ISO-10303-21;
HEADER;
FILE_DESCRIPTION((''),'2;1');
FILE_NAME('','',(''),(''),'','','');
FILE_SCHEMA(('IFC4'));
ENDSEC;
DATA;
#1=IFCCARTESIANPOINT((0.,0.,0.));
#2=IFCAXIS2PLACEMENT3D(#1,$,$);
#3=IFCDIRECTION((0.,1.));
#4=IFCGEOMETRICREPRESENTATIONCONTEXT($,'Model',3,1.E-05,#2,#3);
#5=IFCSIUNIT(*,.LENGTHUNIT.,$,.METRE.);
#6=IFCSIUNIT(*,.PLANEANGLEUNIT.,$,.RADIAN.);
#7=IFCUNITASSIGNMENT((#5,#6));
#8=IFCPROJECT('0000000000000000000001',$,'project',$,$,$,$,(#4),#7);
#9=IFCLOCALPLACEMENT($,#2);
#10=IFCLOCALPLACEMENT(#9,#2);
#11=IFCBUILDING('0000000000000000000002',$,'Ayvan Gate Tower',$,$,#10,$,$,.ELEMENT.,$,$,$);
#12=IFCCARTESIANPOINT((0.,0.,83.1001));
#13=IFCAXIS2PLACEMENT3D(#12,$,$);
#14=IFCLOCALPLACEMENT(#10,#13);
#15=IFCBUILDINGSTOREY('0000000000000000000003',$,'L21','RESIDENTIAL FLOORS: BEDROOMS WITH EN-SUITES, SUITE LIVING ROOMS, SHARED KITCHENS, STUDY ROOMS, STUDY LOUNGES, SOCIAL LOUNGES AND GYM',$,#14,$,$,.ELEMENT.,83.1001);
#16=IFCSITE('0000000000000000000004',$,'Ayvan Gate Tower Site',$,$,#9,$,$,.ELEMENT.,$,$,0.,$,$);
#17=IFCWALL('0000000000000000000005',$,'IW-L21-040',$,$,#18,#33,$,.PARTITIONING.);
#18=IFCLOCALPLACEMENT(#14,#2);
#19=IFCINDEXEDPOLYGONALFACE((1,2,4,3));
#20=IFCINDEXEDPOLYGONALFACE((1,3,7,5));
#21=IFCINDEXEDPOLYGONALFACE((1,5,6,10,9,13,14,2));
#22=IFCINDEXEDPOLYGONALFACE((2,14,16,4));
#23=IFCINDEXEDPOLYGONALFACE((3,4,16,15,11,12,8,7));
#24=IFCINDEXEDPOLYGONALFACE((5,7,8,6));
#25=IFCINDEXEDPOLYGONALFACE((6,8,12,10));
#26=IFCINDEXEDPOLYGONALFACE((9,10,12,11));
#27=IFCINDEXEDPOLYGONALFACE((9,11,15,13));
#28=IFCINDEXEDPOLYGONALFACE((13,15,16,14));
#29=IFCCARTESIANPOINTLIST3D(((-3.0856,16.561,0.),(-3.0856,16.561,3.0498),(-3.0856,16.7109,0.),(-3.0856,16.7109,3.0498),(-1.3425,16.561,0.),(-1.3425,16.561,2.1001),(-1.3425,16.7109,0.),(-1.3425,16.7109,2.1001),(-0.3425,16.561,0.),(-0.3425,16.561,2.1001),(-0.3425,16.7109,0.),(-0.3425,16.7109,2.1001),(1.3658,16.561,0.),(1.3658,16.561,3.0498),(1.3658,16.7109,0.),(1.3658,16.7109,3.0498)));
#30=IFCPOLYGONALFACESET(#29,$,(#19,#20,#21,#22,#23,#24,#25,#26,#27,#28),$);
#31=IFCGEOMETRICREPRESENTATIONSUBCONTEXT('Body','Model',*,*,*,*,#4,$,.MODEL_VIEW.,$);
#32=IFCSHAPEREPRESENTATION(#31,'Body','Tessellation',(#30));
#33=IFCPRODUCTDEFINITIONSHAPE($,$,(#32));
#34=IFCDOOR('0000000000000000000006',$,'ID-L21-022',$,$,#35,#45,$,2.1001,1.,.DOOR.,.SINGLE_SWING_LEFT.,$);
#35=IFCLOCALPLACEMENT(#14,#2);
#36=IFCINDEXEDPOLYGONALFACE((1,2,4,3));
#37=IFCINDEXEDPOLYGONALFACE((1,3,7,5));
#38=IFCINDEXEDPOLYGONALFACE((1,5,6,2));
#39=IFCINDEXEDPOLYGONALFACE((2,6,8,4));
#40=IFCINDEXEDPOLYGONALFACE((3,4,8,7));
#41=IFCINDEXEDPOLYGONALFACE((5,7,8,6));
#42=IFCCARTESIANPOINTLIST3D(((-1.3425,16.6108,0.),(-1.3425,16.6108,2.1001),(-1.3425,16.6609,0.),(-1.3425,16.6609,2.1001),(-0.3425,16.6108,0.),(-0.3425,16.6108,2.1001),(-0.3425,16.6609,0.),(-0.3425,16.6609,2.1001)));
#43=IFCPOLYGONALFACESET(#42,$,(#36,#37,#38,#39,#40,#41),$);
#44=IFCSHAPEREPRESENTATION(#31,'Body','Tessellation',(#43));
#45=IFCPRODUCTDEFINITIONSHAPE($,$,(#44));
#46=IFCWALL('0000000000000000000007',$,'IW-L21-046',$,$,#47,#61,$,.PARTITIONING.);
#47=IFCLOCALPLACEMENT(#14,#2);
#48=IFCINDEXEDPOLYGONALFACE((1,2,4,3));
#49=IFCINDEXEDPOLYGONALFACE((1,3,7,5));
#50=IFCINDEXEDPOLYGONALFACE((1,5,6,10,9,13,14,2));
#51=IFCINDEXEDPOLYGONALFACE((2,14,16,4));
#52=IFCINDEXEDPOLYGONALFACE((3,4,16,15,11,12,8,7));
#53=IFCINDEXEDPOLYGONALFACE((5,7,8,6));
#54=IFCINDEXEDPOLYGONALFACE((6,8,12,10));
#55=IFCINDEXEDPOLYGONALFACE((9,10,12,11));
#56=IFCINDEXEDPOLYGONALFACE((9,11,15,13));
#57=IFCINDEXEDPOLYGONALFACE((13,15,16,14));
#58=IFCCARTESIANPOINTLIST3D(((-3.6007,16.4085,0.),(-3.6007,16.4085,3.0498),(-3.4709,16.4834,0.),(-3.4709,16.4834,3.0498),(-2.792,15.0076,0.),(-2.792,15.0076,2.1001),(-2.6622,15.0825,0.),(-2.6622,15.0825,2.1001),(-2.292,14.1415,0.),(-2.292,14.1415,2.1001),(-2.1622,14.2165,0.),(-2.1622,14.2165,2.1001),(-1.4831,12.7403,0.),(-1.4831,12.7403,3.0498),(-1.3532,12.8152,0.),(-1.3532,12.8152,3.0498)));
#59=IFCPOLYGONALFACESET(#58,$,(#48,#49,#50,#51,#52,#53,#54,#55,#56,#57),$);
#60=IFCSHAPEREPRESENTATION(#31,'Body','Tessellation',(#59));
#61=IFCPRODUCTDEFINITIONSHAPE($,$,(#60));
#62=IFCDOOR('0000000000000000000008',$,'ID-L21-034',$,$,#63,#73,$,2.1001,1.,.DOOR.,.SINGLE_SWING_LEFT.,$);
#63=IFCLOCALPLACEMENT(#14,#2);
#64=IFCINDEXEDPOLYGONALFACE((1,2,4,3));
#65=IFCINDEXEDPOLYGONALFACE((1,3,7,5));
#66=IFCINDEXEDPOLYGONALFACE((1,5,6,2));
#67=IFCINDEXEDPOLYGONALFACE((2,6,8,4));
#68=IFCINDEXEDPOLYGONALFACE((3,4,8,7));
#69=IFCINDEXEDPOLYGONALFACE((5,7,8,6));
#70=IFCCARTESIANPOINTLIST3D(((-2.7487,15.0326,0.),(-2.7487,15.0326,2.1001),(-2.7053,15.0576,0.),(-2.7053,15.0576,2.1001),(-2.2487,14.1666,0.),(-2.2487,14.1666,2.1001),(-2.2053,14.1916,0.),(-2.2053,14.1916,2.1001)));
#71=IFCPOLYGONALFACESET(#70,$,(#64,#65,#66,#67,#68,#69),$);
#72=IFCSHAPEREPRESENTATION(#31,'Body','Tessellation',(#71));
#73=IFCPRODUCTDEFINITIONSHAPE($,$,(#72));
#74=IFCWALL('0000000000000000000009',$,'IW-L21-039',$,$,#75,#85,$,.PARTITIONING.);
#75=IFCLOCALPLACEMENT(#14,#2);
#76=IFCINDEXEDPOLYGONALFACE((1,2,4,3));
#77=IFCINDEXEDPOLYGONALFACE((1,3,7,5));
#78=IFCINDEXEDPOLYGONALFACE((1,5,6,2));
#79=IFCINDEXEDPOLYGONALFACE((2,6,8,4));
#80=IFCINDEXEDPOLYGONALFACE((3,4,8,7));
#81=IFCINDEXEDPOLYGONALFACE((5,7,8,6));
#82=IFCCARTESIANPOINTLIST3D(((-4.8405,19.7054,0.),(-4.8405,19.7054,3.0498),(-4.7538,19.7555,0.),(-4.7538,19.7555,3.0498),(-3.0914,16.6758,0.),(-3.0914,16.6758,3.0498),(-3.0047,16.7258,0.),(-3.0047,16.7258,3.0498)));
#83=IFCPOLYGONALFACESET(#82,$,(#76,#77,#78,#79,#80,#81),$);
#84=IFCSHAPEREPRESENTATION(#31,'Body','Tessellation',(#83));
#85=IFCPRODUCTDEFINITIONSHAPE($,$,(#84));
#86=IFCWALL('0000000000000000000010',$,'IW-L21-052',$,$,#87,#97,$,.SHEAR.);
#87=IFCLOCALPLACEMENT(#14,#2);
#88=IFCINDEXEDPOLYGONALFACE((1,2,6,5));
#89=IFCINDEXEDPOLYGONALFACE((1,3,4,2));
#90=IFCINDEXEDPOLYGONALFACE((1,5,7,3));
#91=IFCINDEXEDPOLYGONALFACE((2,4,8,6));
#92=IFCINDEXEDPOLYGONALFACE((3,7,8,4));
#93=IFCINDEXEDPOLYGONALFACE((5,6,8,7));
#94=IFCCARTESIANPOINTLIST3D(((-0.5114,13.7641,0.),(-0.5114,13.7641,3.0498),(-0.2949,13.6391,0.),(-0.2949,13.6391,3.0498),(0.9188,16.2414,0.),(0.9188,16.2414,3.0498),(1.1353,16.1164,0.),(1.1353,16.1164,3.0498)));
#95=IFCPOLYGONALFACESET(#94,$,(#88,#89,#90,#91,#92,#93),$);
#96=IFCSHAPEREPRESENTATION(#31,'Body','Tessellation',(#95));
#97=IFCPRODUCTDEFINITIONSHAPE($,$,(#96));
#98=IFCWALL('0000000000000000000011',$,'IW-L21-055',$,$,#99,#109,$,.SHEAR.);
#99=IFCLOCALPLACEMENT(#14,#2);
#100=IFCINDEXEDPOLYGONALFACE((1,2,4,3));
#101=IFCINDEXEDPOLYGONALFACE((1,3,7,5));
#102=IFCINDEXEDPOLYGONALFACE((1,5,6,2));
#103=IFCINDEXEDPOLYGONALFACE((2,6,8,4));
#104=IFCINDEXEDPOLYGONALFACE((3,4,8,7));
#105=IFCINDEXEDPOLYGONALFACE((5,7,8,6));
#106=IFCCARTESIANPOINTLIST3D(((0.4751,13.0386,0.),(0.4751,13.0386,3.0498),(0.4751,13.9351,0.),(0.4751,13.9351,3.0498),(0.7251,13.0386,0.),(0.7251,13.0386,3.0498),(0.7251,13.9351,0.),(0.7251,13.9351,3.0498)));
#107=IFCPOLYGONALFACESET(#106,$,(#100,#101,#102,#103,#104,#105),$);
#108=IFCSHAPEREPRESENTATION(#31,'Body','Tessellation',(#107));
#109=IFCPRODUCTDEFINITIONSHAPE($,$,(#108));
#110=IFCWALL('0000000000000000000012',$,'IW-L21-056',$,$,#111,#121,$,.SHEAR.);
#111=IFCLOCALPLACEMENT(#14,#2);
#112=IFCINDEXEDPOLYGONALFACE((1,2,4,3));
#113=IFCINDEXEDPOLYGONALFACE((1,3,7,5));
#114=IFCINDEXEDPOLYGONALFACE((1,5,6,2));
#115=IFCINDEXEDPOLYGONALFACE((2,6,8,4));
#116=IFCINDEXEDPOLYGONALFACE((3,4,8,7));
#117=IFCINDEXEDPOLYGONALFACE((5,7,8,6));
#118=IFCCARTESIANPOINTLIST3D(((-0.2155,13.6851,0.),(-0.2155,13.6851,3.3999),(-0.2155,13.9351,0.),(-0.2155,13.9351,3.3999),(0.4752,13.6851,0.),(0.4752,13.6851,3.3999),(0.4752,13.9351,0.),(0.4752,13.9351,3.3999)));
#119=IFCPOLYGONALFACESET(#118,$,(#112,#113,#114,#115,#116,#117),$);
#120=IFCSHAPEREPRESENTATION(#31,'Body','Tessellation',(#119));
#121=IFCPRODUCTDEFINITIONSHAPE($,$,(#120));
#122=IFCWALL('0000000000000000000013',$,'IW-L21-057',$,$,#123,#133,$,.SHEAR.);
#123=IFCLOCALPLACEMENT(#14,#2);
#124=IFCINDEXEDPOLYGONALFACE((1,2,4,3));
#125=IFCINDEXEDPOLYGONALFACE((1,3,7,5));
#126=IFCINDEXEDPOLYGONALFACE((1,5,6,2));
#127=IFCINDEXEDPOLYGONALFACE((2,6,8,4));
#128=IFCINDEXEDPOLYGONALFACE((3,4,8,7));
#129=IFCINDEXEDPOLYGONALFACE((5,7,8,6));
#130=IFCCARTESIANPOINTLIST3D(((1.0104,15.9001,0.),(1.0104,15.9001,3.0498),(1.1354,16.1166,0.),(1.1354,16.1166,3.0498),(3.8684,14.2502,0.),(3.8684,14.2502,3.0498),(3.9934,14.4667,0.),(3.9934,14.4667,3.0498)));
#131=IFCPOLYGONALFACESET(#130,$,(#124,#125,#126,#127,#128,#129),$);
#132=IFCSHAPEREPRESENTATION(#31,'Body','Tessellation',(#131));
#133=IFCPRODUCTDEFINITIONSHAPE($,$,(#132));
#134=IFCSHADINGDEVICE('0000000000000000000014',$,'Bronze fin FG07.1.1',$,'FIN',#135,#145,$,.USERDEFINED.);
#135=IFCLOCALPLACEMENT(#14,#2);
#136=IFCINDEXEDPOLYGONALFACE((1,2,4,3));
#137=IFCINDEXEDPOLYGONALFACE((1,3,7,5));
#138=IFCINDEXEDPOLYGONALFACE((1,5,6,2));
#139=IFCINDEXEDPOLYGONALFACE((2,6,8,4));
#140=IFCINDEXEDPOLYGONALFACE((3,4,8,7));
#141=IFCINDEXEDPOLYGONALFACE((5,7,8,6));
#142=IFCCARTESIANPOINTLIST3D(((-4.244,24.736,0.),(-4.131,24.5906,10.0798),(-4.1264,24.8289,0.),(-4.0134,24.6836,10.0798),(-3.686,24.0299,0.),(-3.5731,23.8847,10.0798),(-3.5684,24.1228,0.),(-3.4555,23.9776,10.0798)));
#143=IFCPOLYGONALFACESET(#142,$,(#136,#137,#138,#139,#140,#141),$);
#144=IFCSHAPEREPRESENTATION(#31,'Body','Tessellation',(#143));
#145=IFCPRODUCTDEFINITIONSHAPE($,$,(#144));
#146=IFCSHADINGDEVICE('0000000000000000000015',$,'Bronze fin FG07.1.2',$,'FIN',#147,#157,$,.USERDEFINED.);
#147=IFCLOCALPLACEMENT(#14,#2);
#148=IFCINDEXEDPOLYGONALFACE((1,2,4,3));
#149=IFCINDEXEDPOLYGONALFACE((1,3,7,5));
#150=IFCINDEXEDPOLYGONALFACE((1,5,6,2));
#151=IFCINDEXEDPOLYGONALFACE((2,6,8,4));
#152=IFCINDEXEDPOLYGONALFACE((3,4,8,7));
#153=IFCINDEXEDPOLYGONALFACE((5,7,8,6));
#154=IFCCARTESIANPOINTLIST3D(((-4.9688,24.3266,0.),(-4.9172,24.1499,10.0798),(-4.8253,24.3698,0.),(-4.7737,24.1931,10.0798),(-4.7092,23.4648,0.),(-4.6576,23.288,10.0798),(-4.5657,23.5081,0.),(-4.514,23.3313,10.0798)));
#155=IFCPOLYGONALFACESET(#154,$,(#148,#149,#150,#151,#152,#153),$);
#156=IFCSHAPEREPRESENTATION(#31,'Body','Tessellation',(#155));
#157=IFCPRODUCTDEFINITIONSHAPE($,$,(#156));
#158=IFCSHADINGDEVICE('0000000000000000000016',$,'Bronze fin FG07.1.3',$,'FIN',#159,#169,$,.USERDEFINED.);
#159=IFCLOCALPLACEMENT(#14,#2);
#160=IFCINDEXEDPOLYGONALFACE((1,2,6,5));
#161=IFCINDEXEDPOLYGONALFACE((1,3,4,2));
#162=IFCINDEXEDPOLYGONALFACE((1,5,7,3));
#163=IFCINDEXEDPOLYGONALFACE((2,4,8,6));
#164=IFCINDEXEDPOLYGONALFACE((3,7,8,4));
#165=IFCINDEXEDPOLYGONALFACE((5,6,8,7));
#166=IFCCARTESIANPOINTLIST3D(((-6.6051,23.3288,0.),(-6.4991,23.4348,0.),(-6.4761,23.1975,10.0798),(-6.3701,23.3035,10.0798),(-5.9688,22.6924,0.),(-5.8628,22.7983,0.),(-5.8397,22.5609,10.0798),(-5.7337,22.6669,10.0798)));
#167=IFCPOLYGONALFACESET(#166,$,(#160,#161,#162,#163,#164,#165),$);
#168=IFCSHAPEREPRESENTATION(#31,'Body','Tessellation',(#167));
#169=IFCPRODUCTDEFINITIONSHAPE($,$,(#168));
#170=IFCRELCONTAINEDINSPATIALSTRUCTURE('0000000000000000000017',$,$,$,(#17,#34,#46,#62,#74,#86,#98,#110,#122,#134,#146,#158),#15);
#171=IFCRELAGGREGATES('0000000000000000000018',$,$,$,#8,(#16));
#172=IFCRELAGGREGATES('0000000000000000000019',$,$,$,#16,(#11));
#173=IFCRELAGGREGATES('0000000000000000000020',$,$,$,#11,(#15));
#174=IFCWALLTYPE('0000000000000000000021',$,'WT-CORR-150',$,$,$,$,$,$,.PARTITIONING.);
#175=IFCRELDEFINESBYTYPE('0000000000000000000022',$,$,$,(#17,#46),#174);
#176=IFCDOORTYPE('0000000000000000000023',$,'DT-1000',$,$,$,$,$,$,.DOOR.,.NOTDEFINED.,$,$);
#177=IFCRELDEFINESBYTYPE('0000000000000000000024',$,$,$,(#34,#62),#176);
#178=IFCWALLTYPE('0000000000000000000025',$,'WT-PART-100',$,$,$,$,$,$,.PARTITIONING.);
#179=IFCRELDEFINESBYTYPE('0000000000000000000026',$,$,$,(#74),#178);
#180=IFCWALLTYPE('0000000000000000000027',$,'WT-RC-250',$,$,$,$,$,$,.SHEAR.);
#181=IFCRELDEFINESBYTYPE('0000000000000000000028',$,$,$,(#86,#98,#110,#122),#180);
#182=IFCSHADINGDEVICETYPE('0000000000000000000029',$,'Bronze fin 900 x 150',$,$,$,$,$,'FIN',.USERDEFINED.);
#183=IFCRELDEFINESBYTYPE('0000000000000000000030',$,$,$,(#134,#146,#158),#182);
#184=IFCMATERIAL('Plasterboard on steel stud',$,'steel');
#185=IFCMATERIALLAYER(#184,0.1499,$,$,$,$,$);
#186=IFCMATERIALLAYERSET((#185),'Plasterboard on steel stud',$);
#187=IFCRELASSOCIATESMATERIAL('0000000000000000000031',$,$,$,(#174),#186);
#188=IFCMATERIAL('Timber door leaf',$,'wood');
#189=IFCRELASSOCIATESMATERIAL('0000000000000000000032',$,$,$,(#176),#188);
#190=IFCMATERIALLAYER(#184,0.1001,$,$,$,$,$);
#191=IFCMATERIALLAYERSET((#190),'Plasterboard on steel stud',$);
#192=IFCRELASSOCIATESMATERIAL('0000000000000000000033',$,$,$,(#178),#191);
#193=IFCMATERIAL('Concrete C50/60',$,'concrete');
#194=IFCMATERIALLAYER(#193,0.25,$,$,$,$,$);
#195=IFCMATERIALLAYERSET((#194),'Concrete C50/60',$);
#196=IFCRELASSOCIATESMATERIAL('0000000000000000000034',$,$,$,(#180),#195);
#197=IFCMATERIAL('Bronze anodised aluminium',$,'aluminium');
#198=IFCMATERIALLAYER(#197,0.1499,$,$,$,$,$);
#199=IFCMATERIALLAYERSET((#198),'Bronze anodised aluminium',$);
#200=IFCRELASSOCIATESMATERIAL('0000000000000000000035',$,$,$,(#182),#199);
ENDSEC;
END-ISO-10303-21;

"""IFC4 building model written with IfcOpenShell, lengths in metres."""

from ifc_helpers import new_model, si_unit, direction, frame, frame_2d, origin, place, context, subcontext, project, spatial, polyline, rectangle, outline, extrude, material, layer, layer_set, type_object, element, fill, save


model = new_model("IFC4")

# Units and contexts
model_context = context("Model", 3, precision=1e-05, world=origin(), true_north=direction((0.0, 1.0)))
body_context = subcontext(model_context, "Body", "Model", "MODEL_VIEW")
ifc_project = project(units=[si_unit("LENGTHUNIT", "METRE"), si_unit("PLANEANGLEUNIT", "RADIAN")], contexts=[model_context])

# Site, building, storey
site_placement = place(None, origin())
site = spatial("IfcSite", under=ifc_project, at=site_placement, Name="Ayvan Gate Tower Site", CompositionType="ELEMENT", RefElevation=0.0)
building_placement = place(site_placement, origin())
building = spatial("IfcBuilding", under=site, at=building_placement, Name="Ayvan Gate Tower", CompositionType="ELEMENT")
storey_placement = place(building_placement, frame((0.0, 0.0, 83.1001)))
storey = spatial("IfcBuildingStorey", under=building, at=storey_placement, Name="L21", Description="RESIDENTIAL FLOORS: BEDROOMS WITH EN-SUITES, SUITE LIVING ROOMS, SHARED KITCHENS, STUDY ROOMS, STUDY LOUNGES, SOCIAL LOUNGES AND GYM", CompositionType="ELEMENT", Elevation=83.1001)

# Shared definitions
ifc_material_1 = material(Name="Bronze anodised aluminium", Category="aluminium")

# Shared definitions
ifc_material_2 = material(Name="Plasterboard on steel stud", Category="steel")
ifc_layer_1 = layer(ifc_material_2, 0.1499)
ifc_layer_set_1 = layer_set([ifc_layer_1], Name="Plasterboard on steel stud")
wall_type_1 = type_object("IfcWallType", Name="WT-CORR-150", PredefinedType="PARTITIONING", material=ifc_layer_set_1)

# Walls, openings, doors
wall_1_placement = place(storey_placement, frame((-3.0854, 16.636, 0.0), z_axis=(0.0, 0.0, 1.0), x_axis=(1.0, 0.0, 0.0)))
wall_1 = element("IfcWall", 1, at=wall_1_placement, inside=storey, type_object=wall_type_1, Name="IW-L21-040", PredefinedType="PARTITIONING", context=body_context, shape_type="SweptSolid", body=[
    extrude(rectangle(XDim=4.4514, YDim=0.1499, at=frame_2d((2.2256, 0.0))), origin(), (0.0, 0.0, 1.0), 3.0498),
])
opening_1_placement = place(wall_1_placement, frame((1.7429, 0.0, 0.0)))
opening_1 = element("IfcOpeningElement", 2, at=opening_1_placement, cuts=wall_1, PredefinedType="OPENING", context=body_context, shape_type="SweptSolid", body=[
    extrude(rectangle(XDim=1.0, YDim=2.1001, at=frame_2d((0.5, 1.05))), frame((0.0, 0.085, 0.0), z_axis=(0.0, -1.0, 0.0), x_axis=(1.0, 0.0, 0.0)), (0.0, 0.0, 1.0), 0.1699),
])
ifc_material_3 = material(Name="Timber door leaf", Category="wood")
door_type = type_object("IfcDoorType", Name="DT-1000", OperationType="NOTDEFINED", PredefinedType="DOOR", material=ifc_material_3)
door_1_placement = place(opening_1_placement, origin())
door_1 = element("IfcDoor", 3, at=door_1_placement, inside=storey, type_object=door_type, Name="ID-L21-022", OperationType="SINGLE_SWING_LEFT", OverallHeight=2.1001, OverallWidth=1.0, PredefinedType="DOOR", context=body_context, shape_type="SweptSolid", body=[
    extrude(rectangle(XDim=1.0, YDim=2.1001, at=frame_2d((0.5, 1.05))), frame((0.0, 0.0249, 0.0), z_axis=(0.0, -1.0, 0.0), x_axis=(1.0, 0.0, 0.0)), (0.0, 0.0, 1.0), 0.05),
])
fill(opening_1, door_1)
wall_2_placement = place(storey_placement, frame((-1.4182, 12.7778, 0.0), z_axis=(0.0, 0.0, 1.0), x_axis=(-0.49997, 0.866043, 0.0)))
wall_2 = element("IfcWall", 4, at=wall_2_placement, inside=storey, type_object=wall_type_1, Name="IW-L21-046", PredefinedType="PARTITIONING", context=body_context, shape_type="SweptSolid", body=[
    extrude(rectangle(XDim=4.2356, YDim=0.1499, at=frame_2d((2.1177, 0.0))), origin(), (0.0, 0.0, 1.0), 3.0498),
])
opening_2_placement = place(wall_2_placement, frame((1.6179, 0.0, 0.0)))
opening_2 = element("IfcOpeningElement", 5, at=opening_2_placement, cuts=wall_2, PredefinedType="OPENING", context=body_context, shape_type="SweptSolid", body=[
    extrude(rectangle(XDim=1.0, YDim=2.1001, at=frame_2d((0.5, 1.05))), frame((0.0, 0.085, 0.0), z_axis=(0.0, -1.0, 0.0), x_axis=(1.0, 0.0, 0.0)), (0.0, 0.0, 1.0), 0.1699),
])
door_2_placement = place(opening_2_placement, origin())
door_2 = element("IfcDoor", 6, at=door_2_placement, inside=storey, type_object=door_type, Name="ID-L21-034", OperationType="SINGLE_SWING_LEFT", OverallHeight=2.1001, OverallWidth=1.0, PredefinedType="DOOR", context=body_context, shape_type="SweptSolid", body=[
    extrude(rectangle(XDim=1.0, YDim=2.1001, at=frame_2d((0.5, 1.05))), frame((0.0, 0.0249, 0.0), z_axis=(0.0, -1.0, 0.0), x_axis=(1.0, 0.0, 0.0)), (0.0, 0.0, 1.0), 0.05),
])
fill(opening_2, door_2)

# Walls
ifc_layer_2 = layer(ifc_material_2, 0.1001)
ifc_layer_set_2 = layer_set([ifc_layer_2], Name="Plasterboard on steel stud")
wall_type_2 = type_object("IfcWallType", Name="WT-PART-100", PredefinedType="PARTITIONING", material=ifc_layer_set_2)
wall_3_placement = place(storey_placement, frame((-3.0481, 16.7009, 0.0), z_axis=(0.0, 0.0, 1.0), x_axis=(-0.499982, 0.866036, 0.0)))
element("IfcWall", 7, at=wall_3_placement, inside=storey, type_object=wall_type_2, Name="IW-L21-039", PredefinedType="PARTITIONING", context=body_context, shape_type="SweptSolid", body=[
    extrude(rectangle(XDim=3.4983, YDim=0.1001, at=frame_2d((1.749, 0.0))), origin(), (0.0, 0.0, 1.0), 3.0498),
])
ifc_material_4 = material(Name="Concrete C50/60", Category="concrete")
ifc_layer_3 = layer(ifc_material_4, 0.25)
ifc_layer_set_3 = layer_set([ifc_layer_3], Name="Concrete C50/60")
wall_type_3 = type_object("IfcWallType", Name="WT-RC-250", PredefinedType="SHEAR", material=ifc_layer_set_3)
wall_4_placement = place(storey_placement, frame((-0.4031, 13.7017, 0.0), z_axis=(0.0, 0.0, 1.0), x_axis=(0.499976, 0.866039, 0.0)))
element("IfcWall", 8, at=wall_4_placement, inside=storey, type_object=wall_type_3, Name="IW-L21-052", PredefinedType="SHEAR", context=body_context, shape_type="SweptSolid", body=[
    extrude(rectangle(XDim=2.8606, YDim=0.25, at=frame_2d((1.4302, 0.0))), origin(), (0.0, 0.0, 1.0), 3.0498),
])
wall_5_placement = place(storey_placement, frame((0.6001, 13.0386, 0.0), z_axis=(0.0, 0.0, 1.0), x_axis=(0.0, 1.0, 0.0)))
element("IfcWall", 9, at=wall_5_placement, inside=storey, type_object=wall_type_3, Name="IW-L21-055", PredefinedType="SHEAR", context=body_context, shape_type="SweptSolid", body=[
    extrude(rectangle(XDim=0.8965, YDim=0.25, at=frame_2d((0.4482, 0.0))), origin(), (0.0, 0.0, 1.0), 3.0498),
])
wall_6_placement = place(storey_placement, frame((0.4751, 13.8101, 0.0), z_axis=(0.0, 0.0, 1.0), x_axis=(-1.0, 0.0, 0.0)))
element("IfcWall", 10, at=wall_6_placement, inside=storey, type_object=wall_type_3, Name="IW-L21-056", PredefinedType="SHEAR", context=body_context, shape_type="SweptSolid", body=[
    extrude(rectangle(XDim=0.6907, YDim=0.25, at=frame_2d((0.3452, 0.0))), origin(), (0.0, 0.0, 1.0), 3.3999),
])
wall_7_placement = place(storey_placement, frame((1.073, 16.0083, 0.0), z_axis=(0.0, 0.0, 1.0), x_axis=(0.86604, -0.499974, 0.0)))
element("IfcWall", 11, at=wall_7_placement, inside=storey, type_object=wall_type_3, Name="IW-L21-057", PredefinedType="SHEAR", context=body_context, shape_type="SweptSolid", body=[
    extrude(rectangle(XDim=3.3, YDim=0.25, at=frame_2d((1.6499, 0.0))), origin(), (0.0, 0.0, 1.0), 3.0498),
])

# Shading devices
ifc_layer_4 = layer(ifc_material_1, 0.1499)
ifc_layer_set_4 = layer_set([ifc_layer_4], Name="Bronze anodised aluminium")
shading_device_type = type_object("IfcShadingDeviceType", Name="Bronze fin 900 x 150", ElementType="FIN", PredefinedType="USERDEFINED", material=ifc_layer_set_4)
shading_device_1_placement = place(storey_placement, frame((-3.5684, 24.1228, 0.0), z_axis=(0.784574, 0.620036, 0.000147), x_axis=(-0.620036, 0.784574, 0.0)))
element("IfcShadingDevice", 12, at=shading_device_1_placement, inside=storey, type_object=shading_device_type, Name="Bronze fin FG07.1.1", ObjectType="FIN", PredefinedType="USERDEFINED", context=body_context, shape_type="SweptSolid", body=[
    extrude(outline(polyline([(0.0, 0.0), (0.9, 0.0), (0.7159, 10.0798), (-0.1839, 10.0798), (0.0, 0.0)])), origin(), (0.0, 0.0, -1.0), 0.1499),
])
shading_device_2_placement = place(storey_placement, frame((-4.5657, 23.5081, 0.0), z_axis=(0.95749, 0.288467, 0.000154), x_axis=(-0.288468, 0.95749, 0.0)))
element("IfcShadingDevice", 13, at=shading_device_2_placement, inside=storey, type_object=shading_device_type, Name="Bronze fin FG07.1.2", ObjectType="FIN", PredefinedType="USERDEFINED", context=body_context, shape_type="SweptSolid", body=[
    extrude(outline(polyline([(0.0, 0.0), (0.9, 0.0), (0.7159, 10.0798), (-0.1842, 10.0798), (0.0, 0.0)])), origin(), (0.0, 0.0, -1.0), 0.1499),
])
shading_device_3_placement = place(storey_placement, frame((-5.8628, 22.7983, 0.0), z_axis=(0.707175, 0.707039, 0.000161), x_axis=(-0.707039, 0.707175, 0.0)))
element("IfcShadingDevice", 14, at=shading_device_3_placement, inside=storey, type_object=shading_device_type, Name="Bronze fin FG07.1.3", ObjectType="FIN", PredefinedType="USERDEFINED", context=body_context, shape_type="SweptSolid", body=[
    extrude(outline(polyline([(0.0, 0.0), (0.8999, 0.0), (0.7159, 10.0798), (-0.1842, 10.0798), (0.0, 0.0)])), origin(), (0.0, 0.0, -1.0), 0.1499),
])

save(model, "model.ifc")
